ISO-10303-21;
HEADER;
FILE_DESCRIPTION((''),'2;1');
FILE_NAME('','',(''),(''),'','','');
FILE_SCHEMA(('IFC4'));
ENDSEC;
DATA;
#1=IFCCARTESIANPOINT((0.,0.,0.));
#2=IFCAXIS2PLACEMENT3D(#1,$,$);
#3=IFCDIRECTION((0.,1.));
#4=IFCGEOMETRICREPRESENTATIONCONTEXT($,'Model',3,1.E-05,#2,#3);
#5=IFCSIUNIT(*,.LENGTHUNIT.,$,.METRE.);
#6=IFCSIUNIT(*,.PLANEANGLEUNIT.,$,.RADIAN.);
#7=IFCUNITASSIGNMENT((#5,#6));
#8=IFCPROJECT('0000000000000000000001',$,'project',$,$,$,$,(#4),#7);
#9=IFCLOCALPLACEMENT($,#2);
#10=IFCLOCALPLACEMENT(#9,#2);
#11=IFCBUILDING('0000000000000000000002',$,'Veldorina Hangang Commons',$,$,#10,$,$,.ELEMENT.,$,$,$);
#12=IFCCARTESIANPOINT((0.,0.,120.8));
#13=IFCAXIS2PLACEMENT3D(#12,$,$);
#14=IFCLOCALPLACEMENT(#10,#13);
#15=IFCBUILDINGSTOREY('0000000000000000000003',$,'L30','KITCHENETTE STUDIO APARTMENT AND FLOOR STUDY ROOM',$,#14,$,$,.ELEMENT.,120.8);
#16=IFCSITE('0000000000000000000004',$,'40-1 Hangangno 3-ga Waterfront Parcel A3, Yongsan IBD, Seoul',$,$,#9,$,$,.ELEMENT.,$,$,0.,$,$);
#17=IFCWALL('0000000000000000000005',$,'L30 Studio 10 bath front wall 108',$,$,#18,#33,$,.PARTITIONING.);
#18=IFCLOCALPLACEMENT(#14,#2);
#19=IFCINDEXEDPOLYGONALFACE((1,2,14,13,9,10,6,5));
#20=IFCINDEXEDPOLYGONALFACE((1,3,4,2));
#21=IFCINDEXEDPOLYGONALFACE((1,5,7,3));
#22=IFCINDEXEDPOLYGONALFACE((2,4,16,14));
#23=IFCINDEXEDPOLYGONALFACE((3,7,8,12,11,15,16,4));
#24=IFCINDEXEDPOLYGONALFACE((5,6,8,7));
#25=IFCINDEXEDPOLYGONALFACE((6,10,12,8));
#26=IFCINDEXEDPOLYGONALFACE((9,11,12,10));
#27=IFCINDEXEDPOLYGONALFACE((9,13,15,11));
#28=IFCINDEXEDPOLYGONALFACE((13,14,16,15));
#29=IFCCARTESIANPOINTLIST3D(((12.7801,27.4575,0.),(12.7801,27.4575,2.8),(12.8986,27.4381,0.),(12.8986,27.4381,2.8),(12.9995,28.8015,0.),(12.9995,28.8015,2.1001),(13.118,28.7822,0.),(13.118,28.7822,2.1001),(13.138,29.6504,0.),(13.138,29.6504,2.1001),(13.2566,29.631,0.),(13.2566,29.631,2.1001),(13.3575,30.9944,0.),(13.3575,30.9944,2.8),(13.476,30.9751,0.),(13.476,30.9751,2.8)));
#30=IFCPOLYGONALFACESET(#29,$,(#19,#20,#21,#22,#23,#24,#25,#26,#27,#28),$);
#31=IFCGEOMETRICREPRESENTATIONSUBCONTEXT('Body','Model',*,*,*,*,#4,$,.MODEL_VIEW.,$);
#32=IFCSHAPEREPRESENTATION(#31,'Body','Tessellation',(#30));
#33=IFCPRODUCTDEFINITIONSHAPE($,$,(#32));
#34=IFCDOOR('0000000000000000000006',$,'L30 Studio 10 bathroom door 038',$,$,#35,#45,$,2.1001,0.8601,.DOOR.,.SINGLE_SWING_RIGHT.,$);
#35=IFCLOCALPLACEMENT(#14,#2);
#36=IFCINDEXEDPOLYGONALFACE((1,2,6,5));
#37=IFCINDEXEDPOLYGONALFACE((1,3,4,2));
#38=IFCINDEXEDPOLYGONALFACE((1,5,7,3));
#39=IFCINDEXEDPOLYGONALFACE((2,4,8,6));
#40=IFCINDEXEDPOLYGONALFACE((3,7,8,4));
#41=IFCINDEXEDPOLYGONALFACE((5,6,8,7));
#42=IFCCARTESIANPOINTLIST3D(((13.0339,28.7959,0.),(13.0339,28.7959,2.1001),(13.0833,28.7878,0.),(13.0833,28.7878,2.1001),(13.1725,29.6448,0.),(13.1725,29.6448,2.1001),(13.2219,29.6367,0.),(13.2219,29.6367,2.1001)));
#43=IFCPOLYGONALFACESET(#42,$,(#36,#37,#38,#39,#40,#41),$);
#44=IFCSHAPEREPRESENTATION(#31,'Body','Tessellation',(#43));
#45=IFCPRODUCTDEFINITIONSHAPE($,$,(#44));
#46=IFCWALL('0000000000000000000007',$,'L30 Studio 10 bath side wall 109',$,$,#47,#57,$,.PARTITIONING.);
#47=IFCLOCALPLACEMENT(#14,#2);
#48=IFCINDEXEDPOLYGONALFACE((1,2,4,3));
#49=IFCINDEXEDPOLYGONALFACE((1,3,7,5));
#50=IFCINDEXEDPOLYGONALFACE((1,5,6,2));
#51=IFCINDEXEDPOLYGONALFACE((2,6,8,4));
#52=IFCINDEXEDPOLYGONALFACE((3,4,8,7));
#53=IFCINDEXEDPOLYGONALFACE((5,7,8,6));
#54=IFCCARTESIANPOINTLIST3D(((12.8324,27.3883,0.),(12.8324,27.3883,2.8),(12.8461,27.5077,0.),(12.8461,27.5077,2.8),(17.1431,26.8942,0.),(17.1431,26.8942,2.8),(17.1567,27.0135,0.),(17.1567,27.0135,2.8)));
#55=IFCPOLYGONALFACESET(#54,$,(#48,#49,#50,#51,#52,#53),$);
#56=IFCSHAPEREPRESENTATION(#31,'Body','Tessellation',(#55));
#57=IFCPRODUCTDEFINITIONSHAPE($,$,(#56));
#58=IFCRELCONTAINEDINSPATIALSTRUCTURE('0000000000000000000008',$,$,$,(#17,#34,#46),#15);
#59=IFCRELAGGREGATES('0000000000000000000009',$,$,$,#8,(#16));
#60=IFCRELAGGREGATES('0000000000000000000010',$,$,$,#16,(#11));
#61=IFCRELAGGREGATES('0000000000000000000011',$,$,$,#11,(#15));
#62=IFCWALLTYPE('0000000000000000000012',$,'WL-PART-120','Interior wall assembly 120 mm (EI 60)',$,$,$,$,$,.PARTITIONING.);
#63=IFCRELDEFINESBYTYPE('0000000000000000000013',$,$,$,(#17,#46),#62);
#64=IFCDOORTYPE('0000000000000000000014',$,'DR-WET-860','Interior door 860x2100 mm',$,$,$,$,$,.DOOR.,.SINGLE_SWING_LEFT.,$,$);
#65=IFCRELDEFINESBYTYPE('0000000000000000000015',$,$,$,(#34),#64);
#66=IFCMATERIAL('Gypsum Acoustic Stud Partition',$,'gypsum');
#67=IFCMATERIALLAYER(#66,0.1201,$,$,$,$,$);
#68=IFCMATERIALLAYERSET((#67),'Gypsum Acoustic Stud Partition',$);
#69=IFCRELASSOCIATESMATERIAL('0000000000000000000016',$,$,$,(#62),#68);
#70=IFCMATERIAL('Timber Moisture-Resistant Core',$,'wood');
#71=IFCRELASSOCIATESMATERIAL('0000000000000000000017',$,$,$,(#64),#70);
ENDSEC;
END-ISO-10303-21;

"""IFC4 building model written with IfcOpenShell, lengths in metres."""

from ifc_helpers import new_model, si_unit, direction, frame, frame_2d, origin, place, context, subcontext, project, spatial, rectangle, extrude, material, layer, layer_set, type_object, element, fill, save


model = new_model("IFC4")

# Units and contexts
model_context = context("Model", 3, precision=1e-05, world=origin(), true_north=direction((0.0, 1.0)))
body_context = subcontext(model_context, "Body", "Model", "MODEL_VIEW")
ifc_project = project(units=[si_unit("LENGTHUNIT", "METRE"), si_unit("PLANEANGLEUNIT", "RADIAN")], contexts=[model_context])

# Site, building, storey
site_placement = place(None, origin())
site = spatial("IfcSite", under=ifc_project, at=site_placement, Name="40-1 Hangangno 3-ga Waterfront Parcel A3, Yongsan IBD, Seoul", CompositionType="ELEMENT", RefElevation=0.0)
building_placement = place(site_placement, origin())
building = spatial("IfcBuilding", under=site, at=building_placement, Name="Veldorina Hangang Commons", CompositionType="ELEMENT")
storey_placement = place(building_placement, frame((0.0, 0.0, 120.8)))
storey = spatial("IfcBuildingStorey", under=building, at=storey_placement, Name="L30", Description="KITCHENETTE STUDIO APARTMENT AND FLOOR STUDY ROOM", CompositionType="ELEMENT", Elevation=120.8)

# Wall, opening, door
ifc_material_1 = material(Name="Gypsum Acoustic Stud Partition", Category="gypsum")
ifc_layer_1 = layer(ifc_material_1, 0.1201)
ifc_layer_set_1 = layer_set([ifc_layer_1], Name="Gypsum Acoustic Stud Partition")
wall_type_1 = type_object("IfcWallType", Name="WL-PART-120", Description="Interior wall assembly 120 mm (EI 60)", PredefinedType="PARTITIONING", material=ifc_layer_set_1)
wall_1_placement = place(storey_placement, frame((13.4167, 30.9849, 0.0), z_axis=(0.0, 0.0, 1.0), x_axis=(-0.161117, -0.986935, 0.0)))
wall_1 = element("IfcWall", 1, at=wall_1_placement, inside=storey, type_object=wall_type_1, Name="L30 Studio 10 bath front wall 108", PredefinedType="PARTITIONING", context=body_context, shape_type="SweptSolid", body=[
    extrude(rectangle(XDim=3.5837, YDim=0.1201, at=frame_2d((1.792, 0.0))), origin(), (0.0, 0.0, 1.0), 2.8),
])
opening_1_placement = place(wall_1_placement, frame((1.3618, 0.0, 0.0)))
opening_1 = element("IfcOpeningElement", 2, at=opening_1_placement, cuts=wall_1, PredefinedType="OPENING", context=body_context, shape_type="SweptSolid", body=[
    extrude(rectangle(XDim=0.8601, YDim=2.1001, at=frame_2d((0.4302, 1.05))), frame((0.0, 0.0701, 0.0), z_axis=(0.0, -1.0, 0.0), x_axis=(1.0, 0.0, 0.0)), (0.0, 0.0, 1.0), 0.1401),
])
ifc_material_2 = material(Name="Timber Moisture-Resistant Core", Category="wood")
door_type_1 = type_object("IfcDoorType", Name="DR-WET-860", Description="Interior door 860x2100 mm", OperationType="SINGLE_SWING_LEFT", PredefinedType="DOOR", material=ifc_material_2)
door_1_placement = place(opening_1_placement, origin())
door_1 = element("IfcDoor", 3, at=door_1_placement, inside=storey, type_object=door_type_1, Name="L30 Studio 10 bathroom door 038", OperationType="SINGLE_SWING_RIGHT", OverallHeight=2.1001, OverallWidth=0.8601, PredefinedType="DOOR", context=body_context, shape_type="SweptSolid", body=[
    extrude(rectangle(XDim=0.8601, YDim=2.1001, at=frame_2d((0.4302, 1.05))), frame((0.0, 0.0249, 0.0), z_axis=(0.0, -1.0, 0.0), x_axis=(1.0, 0.0, 0.0)), (0.0, 0.0, 1.0), 0.05),
])
fill(opening_1, door_1)

# Wall
wall_2_placement = place(storey_placement, frame((17.1499, 26.9539, 0.0), z_axis=(0.0, 0.0, 1.0), x_axis=(-0.993493, 0.113889, 0.0)))
element("IfcWall", 4, at=wall_2_placement, inside=storey, type_object=wall_type_1, Name="L30 Studio 10 bath side wall 109", PredefinedType="PARTITIONING", context=body_context, shape_type="SweptSolid", body=[
    extrude(rectangle(XDim=4.3389, YDim=0.1201, at=frame_2d((2.1694, 0.0))), origin(), (0.0, 0.0, 1.0), 2.8),
])

save(model, "model.ifc")
